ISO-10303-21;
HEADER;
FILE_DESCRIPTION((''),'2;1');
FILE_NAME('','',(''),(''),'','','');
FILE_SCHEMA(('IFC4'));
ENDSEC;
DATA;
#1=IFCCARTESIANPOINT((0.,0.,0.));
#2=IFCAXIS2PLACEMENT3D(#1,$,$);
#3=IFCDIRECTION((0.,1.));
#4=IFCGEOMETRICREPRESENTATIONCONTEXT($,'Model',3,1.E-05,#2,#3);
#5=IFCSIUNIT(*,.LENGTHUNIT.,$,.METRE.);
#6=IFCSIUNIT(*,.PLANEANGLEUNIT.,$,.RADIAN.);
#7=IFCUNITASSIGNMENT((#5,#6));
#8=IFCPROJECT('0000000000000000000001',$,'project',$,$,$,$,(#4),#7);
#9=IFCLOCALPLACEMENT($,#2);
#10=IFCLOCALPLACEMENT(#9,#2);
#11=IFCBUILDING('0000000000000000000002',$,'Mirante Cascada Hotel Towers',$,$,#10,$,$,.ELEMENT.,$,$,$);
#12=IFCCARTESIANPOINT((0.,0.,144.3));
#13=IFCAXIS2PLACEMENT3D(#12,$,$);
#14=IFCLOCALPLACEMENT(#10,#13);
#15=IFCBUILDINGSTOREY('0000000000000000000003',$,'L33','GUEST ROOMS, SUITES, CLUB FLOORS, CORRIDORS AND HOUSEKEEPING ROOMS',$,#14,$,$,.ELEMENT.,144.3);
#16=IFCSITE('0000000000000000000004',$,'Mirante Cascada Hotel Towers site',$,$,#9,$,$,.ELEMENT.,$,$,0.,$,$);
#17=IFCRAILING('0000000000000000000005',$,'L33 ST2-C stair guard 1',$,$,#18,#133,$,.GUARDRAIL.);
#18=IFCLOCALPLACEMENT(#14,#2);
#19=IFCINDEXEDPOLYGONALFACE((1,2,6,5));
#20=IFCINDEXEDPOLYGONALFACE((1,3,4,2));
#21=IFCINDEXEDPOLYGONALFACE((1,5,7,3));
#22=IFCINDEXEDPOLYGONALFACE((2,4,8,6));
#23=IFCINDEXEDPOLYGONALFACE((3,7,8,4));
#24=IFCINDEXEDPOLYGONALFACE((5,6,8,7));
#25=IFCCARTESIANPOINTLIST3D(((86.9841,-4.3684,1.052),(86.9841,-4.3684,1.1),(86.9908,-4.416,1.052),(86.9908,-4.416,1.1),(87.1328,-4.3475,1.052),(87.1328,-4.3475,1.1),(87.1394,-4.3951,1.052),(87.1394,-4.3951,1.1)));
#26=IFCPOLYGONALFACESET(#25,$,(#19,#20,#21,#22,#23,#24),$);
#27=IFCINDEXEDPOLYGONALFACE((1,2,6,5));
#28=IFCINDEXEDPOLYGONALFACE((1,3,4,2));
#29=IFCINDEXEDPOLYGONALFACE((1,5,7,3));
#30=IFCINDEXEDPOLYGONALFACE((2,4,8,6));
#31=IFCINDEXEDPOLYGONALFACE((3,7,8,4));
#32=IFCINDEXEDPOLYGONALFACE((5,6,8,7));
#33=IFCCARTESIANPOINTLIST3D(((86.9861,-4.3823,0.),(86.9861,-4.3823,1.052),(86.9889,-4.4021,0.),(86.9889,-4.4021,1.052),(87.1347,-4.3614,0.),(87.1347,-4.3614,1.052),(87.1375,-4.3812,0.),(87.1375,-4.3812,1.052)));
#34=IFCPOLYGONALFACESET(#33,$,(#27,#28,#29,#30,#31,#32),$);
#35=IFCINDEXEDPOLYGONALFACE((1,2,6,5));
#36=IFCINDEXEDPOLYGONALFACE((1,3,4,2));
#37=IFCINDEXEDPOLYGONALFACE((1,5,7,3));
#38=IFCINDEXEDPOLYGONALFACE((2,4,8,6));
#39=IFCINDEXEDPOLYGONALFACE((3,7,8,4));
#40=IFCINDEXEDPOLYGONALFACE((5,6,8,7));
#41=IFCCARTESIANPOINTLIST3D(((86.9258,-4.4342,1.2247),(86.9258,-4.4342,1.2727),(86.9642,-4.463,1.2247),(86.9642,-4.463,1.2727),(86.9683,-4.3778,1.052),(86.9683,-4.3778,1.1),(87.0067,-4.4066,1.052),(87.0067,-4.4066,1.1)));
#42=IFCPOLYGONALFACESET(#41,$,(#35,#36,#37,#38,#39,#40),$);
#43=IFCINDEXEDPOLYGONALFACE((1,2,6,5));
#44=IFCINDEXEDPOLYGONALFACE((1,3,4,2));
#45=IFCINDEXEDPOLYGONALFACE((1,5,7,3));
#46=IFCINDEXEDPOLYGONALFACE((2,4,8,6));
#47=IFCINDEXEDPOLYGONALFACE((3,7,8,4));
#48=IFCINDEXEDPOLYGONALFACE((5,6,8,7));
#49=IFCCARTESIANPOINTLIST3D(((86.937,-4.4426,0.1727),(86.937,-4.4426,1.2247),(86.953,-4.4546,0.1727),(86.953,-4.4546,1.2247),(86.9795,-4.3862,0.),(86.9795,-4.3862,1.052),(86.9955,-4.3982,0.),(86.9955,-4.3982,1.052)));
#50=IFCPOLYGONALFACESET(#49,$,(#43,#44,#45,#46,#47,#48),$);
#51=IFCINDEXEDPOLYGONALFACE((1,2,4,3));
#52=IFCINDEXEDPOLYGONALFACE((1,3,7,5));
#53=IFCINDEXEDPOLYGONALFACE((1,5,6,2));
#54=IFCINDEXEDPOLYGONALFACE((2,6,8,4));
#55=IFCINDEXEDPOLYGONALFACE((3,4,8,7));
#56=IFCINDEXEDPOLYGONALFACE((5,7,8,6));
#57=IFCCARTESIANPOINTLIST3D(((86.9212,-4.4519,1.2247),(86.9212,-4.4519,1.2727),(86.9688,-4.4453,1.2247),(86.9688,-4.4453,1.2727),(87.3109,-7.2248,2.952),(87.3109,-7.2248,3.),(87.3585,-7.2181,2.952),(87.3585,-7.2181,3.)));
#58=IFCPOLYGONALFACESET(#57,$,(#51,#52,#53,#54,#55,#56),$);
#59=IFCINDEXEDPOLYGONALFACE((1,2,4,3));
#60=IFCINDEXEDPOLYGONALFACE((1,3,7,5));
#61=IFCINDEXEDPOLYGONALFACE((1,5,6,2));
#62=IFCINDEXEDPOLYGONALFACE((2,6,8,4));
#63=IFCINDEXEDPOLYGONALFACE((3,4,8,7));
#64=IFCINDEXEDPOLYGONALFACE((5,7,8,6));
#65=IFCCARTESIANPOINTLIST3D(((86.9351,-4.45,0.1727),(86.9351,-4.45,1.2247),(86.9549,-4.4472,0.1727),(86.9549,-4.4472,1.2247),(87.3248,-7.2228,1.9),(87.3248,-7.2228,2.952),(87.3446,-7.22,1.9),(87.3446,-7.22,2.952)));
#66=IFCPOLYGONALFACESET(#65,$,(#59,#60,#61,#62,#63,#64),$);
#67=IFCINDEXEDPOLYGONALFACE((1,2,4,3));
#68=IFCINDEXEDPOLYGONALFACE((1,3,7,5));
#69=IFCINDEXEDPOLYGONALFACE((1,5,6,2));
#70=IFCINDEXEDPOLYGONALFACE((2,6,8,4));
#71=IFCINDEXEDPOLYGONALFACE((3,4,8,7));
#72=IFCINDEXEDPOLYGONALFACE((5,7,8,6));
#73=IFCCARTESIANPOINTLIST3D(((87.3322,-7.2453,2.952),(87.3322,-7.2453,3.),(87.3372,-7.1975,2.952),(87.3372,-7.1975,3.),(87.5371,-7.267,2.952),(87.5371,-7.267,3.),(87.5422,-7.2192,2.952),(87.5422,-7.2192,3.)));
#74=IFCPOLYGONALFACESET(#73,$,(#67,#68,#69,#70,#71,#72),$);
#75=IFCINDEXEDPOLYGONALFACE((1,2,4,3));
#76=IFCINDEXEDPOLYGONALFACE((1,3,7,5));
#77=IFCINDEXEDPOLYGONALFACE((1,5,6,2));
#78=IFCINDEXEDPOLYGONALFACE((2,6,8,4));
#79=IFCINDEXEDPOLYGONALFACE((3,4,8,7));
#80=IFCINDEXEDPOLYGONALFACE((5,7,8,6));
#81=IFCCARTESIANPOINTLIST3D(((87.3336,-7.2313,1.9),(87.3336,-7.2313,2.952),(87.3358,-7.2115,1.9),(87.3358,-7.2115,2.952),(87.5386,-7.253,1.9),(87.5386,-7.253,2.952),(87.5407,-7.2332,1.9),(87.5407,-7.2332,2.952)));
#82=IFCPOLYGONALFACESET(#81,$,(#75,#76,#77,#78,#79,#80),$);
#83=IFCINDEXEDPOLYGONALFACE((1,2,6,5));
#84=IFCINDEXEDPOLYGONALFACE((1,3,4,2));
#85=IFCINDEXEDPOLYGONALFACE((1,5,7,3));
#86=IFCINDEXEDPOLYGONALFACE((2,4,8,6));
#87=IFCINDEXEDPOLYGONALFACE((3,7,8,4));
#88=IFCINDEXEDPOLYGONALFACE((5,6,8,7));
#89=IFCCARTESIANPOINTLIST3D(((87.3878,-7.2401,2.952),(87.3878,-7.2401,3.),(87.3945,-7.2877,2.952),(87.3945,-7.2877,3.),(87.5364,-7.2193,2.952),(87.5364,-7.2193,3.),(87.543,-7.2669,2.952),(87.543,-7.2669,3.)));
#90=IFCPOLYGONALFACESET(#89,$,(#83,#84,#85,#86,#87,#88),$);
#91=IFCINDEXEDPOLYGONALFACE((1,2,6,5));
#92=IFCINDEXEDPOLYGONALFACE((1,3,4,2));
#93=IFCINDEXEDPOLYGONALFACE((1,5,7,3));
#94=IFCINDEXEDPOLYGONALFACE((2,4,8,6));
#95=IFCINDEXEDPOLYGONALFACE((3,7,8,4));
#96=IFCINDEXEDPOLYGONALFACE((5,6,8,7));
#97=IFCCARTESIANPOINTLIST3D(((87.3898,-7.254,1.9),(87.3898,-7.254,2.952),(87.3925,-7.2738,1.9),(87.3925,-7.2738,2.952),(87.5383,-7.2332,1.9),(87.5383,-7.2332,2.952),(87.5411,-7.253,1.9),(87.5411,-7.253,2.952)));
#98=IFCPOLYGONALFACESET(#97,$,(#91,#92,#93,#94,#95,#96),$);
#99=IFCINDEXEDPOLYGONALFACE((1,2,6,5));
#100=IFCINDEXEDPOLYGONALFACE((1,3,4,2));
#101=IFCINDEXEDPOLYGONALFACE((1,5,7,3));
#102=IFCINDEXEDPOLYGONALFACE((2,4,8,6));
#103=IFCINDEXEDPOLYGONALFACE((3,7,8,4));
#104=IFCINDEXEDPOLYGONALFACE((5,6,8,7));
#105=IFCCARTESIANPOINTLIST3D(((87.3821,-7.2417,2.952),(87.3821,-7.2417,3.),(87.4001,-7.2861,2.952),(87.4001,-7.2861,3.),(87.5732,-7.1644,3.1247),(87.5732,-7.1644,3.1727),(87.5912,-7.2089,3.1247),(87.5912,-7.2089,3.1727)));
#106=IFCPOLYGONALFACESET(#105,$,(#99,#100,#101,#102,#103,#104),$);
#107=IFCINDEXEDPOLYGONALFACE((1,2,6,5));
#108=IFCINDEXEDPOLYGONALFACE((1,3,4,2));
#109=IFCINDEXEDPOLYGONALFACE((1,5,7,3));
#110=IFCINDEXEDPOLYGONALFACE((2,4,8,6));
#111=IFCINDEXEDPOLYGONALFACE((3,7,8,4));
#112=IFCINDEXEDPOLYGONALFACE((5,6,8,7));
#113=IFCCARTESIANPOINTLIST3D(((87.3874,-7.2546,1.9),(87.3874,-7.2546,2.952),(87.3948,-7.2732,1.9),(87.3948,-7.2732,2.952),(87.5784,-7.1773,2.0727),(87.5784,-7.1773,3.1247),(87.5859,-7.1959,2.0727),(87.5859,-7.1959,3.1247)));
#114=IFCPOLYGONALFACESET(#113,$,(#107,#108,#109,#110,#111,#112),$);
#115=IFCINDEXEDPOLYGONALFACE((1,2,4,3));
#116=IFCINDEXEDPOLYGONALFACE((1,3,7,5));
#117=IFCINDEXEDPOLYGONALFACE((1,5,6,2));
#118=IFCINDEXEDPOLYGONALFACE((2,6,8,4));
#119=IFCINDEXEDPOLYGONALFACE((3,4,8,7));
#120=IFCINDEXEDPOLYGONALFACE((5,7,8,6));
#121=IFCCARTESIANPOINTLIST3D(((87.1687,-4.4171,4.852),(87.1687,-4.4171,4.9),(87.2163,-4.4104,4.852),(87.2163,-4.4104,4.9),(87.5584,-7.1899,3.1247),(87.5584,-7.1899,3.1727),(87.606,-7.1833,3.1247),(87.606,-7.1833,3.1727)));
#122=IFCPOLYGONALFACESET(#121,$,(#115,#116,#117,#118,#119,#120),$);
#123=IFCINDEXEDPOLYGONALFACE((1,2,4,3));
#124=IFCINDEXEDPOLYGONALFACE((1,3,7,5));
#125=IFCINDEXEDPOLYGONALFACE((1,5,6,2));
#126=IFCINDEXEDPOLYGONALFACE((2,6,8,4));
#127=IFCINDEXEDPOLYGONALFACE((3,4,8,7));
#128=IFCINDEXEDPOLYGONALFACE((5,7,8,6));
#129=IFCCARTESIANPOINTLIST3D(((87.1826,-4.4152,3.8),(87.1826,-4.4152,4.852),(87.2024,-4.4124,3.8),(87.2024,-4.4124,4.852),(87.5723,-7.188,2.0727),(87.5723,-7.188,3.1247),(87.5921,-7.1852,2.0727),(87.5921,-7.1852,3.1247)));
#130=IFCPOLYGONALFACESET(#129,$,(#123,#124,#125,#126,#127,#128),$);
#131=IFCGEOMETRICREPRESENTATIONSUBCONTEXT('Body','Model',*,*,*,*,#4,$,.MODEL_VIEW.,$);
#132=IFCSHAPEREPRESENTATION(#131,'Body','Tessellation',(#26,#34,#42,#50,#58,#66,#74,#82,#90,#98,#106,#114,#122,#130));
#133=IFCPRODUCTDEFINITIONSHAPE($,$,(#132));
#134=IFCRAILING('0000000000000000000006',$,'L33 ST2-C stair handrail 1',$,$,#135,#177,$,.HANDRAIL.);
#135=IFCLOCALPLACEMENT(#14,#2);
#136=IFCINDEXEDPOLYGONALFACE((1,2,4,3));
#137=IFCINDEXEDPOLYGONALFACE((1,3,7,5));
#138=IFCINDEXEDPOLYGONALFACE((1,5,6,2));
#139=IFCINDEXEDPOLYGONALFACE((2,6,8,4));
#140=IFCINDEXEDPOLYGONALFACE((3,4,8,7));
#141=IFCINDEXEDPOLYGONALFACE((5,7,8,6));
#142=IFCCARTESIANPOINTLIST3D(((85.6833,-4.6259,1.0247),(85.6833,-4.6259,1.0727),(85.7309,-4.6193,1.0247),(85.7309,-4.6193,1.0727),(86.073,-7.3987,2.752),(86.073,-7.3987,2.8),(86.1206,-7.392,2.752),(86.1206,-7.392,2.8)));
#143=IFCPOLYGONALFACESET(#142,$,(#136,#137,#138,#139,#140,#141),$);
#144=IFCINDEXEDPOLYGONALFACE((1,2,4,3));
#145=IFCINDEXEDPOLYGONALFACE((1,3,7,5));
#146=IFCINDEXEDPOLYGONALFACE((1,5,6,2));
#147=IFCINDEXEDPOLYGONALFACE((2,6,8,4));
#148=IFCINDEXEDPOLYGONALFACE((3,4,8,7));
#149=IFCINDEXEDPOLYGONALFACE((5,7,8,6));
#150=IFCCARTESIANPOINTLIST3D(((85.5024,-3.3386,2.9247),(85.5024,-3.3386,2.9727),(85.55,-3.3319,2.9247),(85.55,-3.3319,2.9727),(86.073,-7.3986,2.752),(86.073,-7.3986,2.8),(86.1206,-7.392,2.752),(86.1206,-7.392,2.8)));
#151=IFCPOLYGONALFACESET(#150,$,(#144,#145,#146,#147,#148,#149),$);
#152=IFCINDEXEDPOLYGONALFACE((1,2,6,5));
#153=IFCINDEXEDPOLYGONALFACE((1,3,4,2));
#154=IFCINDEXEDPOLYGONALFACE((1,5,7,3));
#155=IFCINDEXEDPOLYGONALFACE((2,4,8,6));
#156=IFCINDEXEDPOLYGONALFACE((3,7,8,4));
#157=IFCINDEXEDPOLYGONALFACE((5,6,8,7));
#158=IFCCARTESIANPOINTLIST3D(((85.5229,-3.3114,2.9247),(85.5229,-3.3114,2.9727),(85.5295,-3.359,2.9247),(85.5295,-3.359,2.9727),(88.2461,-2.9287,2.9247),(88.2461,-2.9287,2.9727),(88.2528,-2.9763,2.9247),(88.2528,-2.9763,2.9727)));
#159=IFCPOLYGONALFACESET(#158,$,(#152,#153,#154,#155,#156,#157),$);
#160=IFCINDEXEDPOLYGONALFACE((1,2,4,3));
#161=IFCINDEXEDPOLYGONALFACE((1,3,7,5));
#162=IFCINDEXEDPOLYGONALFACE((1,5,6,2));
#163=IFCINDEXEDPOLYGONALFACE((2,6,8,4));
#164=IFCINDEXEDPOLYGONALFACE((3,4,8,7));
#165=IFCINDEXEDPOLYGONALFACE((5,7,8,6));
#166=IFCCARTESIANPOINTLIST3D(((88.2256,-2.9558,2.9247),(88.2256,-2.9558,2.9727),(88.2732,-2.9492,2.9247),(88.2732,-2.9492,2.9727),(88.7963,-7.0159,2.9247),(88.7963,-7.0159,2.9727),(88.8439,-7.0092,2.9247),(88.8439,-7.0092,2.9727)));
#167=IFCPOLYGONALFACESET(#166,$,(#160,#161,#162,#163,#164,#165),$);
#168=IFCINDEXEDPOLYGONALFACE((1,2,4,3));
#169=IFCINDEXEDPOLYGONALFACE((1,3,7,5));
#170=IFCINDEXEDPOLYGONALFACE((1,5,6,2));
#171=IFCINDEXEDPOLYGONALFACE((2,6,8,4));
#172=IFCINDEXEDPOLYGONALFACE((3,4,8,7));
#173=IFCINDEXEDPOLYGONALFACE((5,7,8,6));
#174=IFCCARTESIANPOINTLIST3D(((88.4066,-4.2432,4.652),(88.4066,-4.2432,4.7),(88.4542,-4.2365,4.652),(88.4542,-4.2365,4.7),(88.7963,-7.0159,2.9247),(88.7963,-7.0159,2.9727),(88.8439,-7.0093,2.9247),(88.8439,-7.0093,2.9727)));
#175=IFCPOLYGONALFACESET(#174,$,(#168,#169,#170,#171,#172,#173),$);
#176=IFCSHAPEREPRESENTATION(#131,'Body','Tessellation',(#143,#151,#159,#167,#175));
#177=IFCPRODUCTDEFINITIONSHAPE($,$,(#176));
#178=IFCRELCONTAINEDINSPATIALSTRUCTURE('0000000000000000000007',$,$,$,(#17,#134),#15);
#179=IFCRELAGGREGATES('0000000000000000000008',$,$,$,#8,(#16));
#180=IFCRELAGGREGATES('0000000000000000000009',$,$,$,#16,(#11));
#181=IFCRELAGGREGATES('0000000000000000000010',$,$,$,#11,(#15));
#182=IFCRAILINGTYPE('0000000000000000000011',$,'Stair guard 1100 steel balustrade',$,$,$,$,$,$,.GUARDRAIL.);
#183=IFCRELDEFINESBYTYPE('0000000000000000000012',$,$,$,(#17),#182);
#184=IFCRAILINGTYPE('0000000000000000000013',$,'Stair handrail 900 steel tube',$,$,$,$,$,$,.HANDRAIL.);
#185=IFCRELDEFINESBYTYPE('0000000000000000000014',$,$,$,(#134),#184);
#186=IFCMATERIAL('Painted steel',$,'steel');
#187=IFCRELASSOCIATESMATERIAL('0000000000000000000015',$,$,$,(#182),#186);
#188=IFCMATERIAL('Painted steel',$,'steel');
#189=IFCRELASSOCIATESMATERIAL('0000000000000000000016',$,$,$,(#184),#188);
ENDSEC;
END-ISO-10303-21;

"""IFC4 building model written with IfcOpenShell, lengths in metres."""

from ifc_helpers import new_model, si_unit, direction, frame, origin, origin_2d, place, context, subcontext, project, spatial, rectangle, extrude, material, type_object, element, save


model = new_model("IFC4")

# Units and contexts
model_context = context("Model", 3, precision=1e-05, world=origin(), true_north=direction((0.0, 1.0)))
body_context = subcontext(model_context, "Body", "Model", "MODEL_VIEW")
ifc_project = project(units=[si_unit("LENGTHUNIT", "METRE"), si_unit("PLANEANGLEUNIT", "RADIAN")], contexts=[model_context])

# Site, building, storey
site_placement = place(None, origin())
site = spatial("IfcSite", under=ifc_project, at=site_placement, Name="Mirante Cascada Hotel Towers site", CompositionType="ELEMENT", RefElevation=0.0)
building_placement = place(site_placement, origin())
building = spatial("IfcBuilding", under=site, at=building_placement, Name="Mirante Cascada Hotel Towers", CompositionType="ELEMENT")
storey_placement = place(building_placement, frame((0.0, 0.0, 144.3)))
storey = spatial("IfcBuildingStorey", under=building, at=storey_placement, Name="L33", Description="GUEST ROOMS, SUITES, CLUB FLOORS, CORRIDORS AND HOUSEKEEPING ROOMS", CompositionType="ELEMENT", Elevation=144.3)

# Railings
ifc_material_1 = material(Name="Painted steel", Category="steel")
railing_type_1 = type_object("IfcRailingType", Name="Stair guard 1100 steel balustrade", PredefinedType="GUARDRAIL", material=ifc_material_1)
railing_1_placement = place(storey_placement, frame((87.1361, -4.3713, 0.0)))
element("IfcRailing", 1, at=railing_1_placement, inside=storey, type_object=railing_type_1, Name="L33 ST2-C stair guard 1", PredefinedType="GUARDRAIL", context=body_context, shape_type="SweptSolid", body=[
    extrude(rectangle(XDim=0.048, YDim=0.048, at=origin_2d()), frame((0.0, 0.0, 1.076), z_axis=(-0.990254, -0.139275, 0.0), x_axis=(0.139275, -0.990254, 0.0)), (0.0, 0.0, 1.0), 0.1501),
    extrude(rectangle(XDim=0.02, YDim=1.052, at=origin_2d()), frame((0.0, 0.0, 0.526), z_axis=(-0.990254, -0.139275, 0.0), x_axis=(0.139275, -0.990254, 0.0)), (0.0, 0.0, 1.0), 0.1501),
    extrude(rectangle(XDim=0.048, YDim=0.048, at=origin_2d()), frame((-0.1486, -0.0209, 1.076), z_axis=(-0.601811, -0.798639, 0.0), x_axis=(0.798639, -0.601811, 0.0)), (0.0, 0.925603, 0.378496), 0.1866),
    extrude(rectangle(XDim=0.02, YDim=1.052, at=origin_2d()), frame((-0.1486, -0.0209, 0.526), z_axis=(-0.601811, -0.798639, 0.0), x_axis=(0.798639, -0.601811, 0.0)), (0.0, 0.925603, 0.378496), 0.1866),
    extrude(rectangle(XDim=0.048, YDim=0.048, at=origin_2d()), frame((-0.1911, -0.0773, 1.2487), z_axis=(0.139176, -0.990268, 0.0), x_axis=(0.990268, 0.139176, 0.0)), (0.0, 0.525021, 0.851089), 3.29),
    extrude(rectangle(XDim=0.02, YDim=1.052, at=origin_2d()), frame((-0.1911, -0.0773, 0.6987), z_axis=(0.139176, -0.990268, 0.0), x_axis=(0.990268, 0.139176, 0.0)), (0.0, 0.525021, 0.851089), 3.29),
    extrude(rectangle(XDim=0.048, YDim=0.048, at=origin_2d()), frame((0.1986, -2.8501, 2.976), z_axis=(0.994444, -0.105266, 0.0), x_axis=(0.105266, 0.994444, 0.0)), (0.0, 0.0, 1.0), 0.2061),
    extrude(rectangle(XDim=0.02, YDim=1.052, at=origin_2d()), frame((0.1986, -2.8501, 2.426), z_axis=(0.994444, -0.105266, 0.0), x_axis=(0.105266, 0.994444, 0.0)), (0.0, 0.0, 1.0), 0.2061),
    extrude(rectangle(XDim=0.048, YDim=0.048, at=origin_2d()), frame((0.4036, -2.8718, 2.976), z_axis=(-0.990345, -0.138622, 0.0), x_axis=(0.138622, -0.990345, 0.0)), (0.0, 0.0, 1.0), 0.15),
    extrude(rectangle(XDim=0.02, YDim=1.052, at=origin_2d()), frame((0.4036, -2.8718, 2.426), z_axis=(-0.990345, -0.138622, 0.0), x_axis=(0.138622, -0.990345, 0.0)), (0.0, 0.0, 1.0), 0.15),
    extrude(rectangle(XDim=0.048, YDim=0.048, at=origin_2d()), frame((0.255, -2.8926, 2.976), z_axis=(0.927031, 0.374984, 0.0), x_axis=(-0.374984, 0.927031, 0.0)), (0.0, 0.64219, 0.766545), 0.2689),
    extrude(rectangle(XDim=0.02, YDim=1.052, at=origin_2d()), frame((0.255, -2.8926, 2.426), z_axis=(0.927031, 0.374984, 0.0), x_axis=(-0.374984, 0.927031, 0.0)), (0.0, 0.64219, 0.766545), 0.2689),
    extrude(rectangle(XDim=0.048, YDim=0.048, at=origin_2d()), frame((0.4461, -2.8153, 3.1487), z_axis=(-0.139176, 0.990268, 0.0), x_axis=(-0.990268, -0.139176, 0.0)), (0.0, 0.525021, 0.851089), 3.29),
    extrude(rectangle(XDim=0.02, YDim=1.052, at=origin_2d()), frame((0.4461, -2.8153, 2.5987), z_axis=(-0.139176, 0.990268, 0.0), x_axis=(-0.990268, -0.139176, 0.0)), (0.0, 0.525021, 0.851089), 3.29),
])
ifc_material_2 = material(Name="Painted steel", Category="steel")
railing_type_2 = type_object("IfcRailingType", Name="Stair handrail 900 steel tube", PredefinedType="HANDRAIL", material=ifc_material_2)
railing_2_placement = place(storey_placement, frame((85.7071, -4.6226, 0.1727)))
element("IfcRailing", 2, at=railing_2_placement, inside=storey, type_object=railing_type_2, Name="L33 ST2-C stair handrail 1", PredefinedType="HANDRAIL", context=body_context, shape_type="SweptSolid", body=[
    extrude(rectangle(XDim=0.048, YDim=0.048, at=origin_2d()), frame((0.0, 0.0, 0.876), z_axis=(0.139181, -0.990267, 0.0), x_axis=(0.990267, 0.139181, 0.0)), (0.0, 0.525035, 0.851081), 3.2899),
    extrude(rectangle(XDim=0.048, YDim=0.048, at=origin_2d()), frame((0.3897, -2.7727, 2.6033), z_axis=(-0.139171, 0.990268, 0.0), x_axis=(-0.990268, -0.139171, 0.0)), (0.0, 0.042085, 0.999114), 4.1036),
    extrude(rectangle(XDim=0.048, YDim=0.048, at=origin_2d()), frame((-0.1809, 1.2874, 2.776), z_axis=(0.990269, 0.139166, 0.0), x_axis=(-0.139166, 0.990269, 0.0)), (0.0, 0.0, 1.0), 2.75),
    extrude(rectangle(XDim=0.048, YDim=0.048, at=origin_2d()), frame((2.5423, 1.6701, 2.776), z_axis=(0.139195, -0.990265, 0.0), x_axis=(0.990265, 0.139195, 0.0)), (0.0, 0.0, 1.0), 4.1),
    extrude(rectangle(XDim=0.048, YDim=0.048, at=origin_2d()), frame((3.113, -2.39, 2.776), z_axis=(-0.139181, 0.990267, 0.0), x_axis=(-0.990267, -0.139181, 0.0)), (0.0, 0.525035, 0.851081), 3.2899),
])

save(model, "model.ifc")
